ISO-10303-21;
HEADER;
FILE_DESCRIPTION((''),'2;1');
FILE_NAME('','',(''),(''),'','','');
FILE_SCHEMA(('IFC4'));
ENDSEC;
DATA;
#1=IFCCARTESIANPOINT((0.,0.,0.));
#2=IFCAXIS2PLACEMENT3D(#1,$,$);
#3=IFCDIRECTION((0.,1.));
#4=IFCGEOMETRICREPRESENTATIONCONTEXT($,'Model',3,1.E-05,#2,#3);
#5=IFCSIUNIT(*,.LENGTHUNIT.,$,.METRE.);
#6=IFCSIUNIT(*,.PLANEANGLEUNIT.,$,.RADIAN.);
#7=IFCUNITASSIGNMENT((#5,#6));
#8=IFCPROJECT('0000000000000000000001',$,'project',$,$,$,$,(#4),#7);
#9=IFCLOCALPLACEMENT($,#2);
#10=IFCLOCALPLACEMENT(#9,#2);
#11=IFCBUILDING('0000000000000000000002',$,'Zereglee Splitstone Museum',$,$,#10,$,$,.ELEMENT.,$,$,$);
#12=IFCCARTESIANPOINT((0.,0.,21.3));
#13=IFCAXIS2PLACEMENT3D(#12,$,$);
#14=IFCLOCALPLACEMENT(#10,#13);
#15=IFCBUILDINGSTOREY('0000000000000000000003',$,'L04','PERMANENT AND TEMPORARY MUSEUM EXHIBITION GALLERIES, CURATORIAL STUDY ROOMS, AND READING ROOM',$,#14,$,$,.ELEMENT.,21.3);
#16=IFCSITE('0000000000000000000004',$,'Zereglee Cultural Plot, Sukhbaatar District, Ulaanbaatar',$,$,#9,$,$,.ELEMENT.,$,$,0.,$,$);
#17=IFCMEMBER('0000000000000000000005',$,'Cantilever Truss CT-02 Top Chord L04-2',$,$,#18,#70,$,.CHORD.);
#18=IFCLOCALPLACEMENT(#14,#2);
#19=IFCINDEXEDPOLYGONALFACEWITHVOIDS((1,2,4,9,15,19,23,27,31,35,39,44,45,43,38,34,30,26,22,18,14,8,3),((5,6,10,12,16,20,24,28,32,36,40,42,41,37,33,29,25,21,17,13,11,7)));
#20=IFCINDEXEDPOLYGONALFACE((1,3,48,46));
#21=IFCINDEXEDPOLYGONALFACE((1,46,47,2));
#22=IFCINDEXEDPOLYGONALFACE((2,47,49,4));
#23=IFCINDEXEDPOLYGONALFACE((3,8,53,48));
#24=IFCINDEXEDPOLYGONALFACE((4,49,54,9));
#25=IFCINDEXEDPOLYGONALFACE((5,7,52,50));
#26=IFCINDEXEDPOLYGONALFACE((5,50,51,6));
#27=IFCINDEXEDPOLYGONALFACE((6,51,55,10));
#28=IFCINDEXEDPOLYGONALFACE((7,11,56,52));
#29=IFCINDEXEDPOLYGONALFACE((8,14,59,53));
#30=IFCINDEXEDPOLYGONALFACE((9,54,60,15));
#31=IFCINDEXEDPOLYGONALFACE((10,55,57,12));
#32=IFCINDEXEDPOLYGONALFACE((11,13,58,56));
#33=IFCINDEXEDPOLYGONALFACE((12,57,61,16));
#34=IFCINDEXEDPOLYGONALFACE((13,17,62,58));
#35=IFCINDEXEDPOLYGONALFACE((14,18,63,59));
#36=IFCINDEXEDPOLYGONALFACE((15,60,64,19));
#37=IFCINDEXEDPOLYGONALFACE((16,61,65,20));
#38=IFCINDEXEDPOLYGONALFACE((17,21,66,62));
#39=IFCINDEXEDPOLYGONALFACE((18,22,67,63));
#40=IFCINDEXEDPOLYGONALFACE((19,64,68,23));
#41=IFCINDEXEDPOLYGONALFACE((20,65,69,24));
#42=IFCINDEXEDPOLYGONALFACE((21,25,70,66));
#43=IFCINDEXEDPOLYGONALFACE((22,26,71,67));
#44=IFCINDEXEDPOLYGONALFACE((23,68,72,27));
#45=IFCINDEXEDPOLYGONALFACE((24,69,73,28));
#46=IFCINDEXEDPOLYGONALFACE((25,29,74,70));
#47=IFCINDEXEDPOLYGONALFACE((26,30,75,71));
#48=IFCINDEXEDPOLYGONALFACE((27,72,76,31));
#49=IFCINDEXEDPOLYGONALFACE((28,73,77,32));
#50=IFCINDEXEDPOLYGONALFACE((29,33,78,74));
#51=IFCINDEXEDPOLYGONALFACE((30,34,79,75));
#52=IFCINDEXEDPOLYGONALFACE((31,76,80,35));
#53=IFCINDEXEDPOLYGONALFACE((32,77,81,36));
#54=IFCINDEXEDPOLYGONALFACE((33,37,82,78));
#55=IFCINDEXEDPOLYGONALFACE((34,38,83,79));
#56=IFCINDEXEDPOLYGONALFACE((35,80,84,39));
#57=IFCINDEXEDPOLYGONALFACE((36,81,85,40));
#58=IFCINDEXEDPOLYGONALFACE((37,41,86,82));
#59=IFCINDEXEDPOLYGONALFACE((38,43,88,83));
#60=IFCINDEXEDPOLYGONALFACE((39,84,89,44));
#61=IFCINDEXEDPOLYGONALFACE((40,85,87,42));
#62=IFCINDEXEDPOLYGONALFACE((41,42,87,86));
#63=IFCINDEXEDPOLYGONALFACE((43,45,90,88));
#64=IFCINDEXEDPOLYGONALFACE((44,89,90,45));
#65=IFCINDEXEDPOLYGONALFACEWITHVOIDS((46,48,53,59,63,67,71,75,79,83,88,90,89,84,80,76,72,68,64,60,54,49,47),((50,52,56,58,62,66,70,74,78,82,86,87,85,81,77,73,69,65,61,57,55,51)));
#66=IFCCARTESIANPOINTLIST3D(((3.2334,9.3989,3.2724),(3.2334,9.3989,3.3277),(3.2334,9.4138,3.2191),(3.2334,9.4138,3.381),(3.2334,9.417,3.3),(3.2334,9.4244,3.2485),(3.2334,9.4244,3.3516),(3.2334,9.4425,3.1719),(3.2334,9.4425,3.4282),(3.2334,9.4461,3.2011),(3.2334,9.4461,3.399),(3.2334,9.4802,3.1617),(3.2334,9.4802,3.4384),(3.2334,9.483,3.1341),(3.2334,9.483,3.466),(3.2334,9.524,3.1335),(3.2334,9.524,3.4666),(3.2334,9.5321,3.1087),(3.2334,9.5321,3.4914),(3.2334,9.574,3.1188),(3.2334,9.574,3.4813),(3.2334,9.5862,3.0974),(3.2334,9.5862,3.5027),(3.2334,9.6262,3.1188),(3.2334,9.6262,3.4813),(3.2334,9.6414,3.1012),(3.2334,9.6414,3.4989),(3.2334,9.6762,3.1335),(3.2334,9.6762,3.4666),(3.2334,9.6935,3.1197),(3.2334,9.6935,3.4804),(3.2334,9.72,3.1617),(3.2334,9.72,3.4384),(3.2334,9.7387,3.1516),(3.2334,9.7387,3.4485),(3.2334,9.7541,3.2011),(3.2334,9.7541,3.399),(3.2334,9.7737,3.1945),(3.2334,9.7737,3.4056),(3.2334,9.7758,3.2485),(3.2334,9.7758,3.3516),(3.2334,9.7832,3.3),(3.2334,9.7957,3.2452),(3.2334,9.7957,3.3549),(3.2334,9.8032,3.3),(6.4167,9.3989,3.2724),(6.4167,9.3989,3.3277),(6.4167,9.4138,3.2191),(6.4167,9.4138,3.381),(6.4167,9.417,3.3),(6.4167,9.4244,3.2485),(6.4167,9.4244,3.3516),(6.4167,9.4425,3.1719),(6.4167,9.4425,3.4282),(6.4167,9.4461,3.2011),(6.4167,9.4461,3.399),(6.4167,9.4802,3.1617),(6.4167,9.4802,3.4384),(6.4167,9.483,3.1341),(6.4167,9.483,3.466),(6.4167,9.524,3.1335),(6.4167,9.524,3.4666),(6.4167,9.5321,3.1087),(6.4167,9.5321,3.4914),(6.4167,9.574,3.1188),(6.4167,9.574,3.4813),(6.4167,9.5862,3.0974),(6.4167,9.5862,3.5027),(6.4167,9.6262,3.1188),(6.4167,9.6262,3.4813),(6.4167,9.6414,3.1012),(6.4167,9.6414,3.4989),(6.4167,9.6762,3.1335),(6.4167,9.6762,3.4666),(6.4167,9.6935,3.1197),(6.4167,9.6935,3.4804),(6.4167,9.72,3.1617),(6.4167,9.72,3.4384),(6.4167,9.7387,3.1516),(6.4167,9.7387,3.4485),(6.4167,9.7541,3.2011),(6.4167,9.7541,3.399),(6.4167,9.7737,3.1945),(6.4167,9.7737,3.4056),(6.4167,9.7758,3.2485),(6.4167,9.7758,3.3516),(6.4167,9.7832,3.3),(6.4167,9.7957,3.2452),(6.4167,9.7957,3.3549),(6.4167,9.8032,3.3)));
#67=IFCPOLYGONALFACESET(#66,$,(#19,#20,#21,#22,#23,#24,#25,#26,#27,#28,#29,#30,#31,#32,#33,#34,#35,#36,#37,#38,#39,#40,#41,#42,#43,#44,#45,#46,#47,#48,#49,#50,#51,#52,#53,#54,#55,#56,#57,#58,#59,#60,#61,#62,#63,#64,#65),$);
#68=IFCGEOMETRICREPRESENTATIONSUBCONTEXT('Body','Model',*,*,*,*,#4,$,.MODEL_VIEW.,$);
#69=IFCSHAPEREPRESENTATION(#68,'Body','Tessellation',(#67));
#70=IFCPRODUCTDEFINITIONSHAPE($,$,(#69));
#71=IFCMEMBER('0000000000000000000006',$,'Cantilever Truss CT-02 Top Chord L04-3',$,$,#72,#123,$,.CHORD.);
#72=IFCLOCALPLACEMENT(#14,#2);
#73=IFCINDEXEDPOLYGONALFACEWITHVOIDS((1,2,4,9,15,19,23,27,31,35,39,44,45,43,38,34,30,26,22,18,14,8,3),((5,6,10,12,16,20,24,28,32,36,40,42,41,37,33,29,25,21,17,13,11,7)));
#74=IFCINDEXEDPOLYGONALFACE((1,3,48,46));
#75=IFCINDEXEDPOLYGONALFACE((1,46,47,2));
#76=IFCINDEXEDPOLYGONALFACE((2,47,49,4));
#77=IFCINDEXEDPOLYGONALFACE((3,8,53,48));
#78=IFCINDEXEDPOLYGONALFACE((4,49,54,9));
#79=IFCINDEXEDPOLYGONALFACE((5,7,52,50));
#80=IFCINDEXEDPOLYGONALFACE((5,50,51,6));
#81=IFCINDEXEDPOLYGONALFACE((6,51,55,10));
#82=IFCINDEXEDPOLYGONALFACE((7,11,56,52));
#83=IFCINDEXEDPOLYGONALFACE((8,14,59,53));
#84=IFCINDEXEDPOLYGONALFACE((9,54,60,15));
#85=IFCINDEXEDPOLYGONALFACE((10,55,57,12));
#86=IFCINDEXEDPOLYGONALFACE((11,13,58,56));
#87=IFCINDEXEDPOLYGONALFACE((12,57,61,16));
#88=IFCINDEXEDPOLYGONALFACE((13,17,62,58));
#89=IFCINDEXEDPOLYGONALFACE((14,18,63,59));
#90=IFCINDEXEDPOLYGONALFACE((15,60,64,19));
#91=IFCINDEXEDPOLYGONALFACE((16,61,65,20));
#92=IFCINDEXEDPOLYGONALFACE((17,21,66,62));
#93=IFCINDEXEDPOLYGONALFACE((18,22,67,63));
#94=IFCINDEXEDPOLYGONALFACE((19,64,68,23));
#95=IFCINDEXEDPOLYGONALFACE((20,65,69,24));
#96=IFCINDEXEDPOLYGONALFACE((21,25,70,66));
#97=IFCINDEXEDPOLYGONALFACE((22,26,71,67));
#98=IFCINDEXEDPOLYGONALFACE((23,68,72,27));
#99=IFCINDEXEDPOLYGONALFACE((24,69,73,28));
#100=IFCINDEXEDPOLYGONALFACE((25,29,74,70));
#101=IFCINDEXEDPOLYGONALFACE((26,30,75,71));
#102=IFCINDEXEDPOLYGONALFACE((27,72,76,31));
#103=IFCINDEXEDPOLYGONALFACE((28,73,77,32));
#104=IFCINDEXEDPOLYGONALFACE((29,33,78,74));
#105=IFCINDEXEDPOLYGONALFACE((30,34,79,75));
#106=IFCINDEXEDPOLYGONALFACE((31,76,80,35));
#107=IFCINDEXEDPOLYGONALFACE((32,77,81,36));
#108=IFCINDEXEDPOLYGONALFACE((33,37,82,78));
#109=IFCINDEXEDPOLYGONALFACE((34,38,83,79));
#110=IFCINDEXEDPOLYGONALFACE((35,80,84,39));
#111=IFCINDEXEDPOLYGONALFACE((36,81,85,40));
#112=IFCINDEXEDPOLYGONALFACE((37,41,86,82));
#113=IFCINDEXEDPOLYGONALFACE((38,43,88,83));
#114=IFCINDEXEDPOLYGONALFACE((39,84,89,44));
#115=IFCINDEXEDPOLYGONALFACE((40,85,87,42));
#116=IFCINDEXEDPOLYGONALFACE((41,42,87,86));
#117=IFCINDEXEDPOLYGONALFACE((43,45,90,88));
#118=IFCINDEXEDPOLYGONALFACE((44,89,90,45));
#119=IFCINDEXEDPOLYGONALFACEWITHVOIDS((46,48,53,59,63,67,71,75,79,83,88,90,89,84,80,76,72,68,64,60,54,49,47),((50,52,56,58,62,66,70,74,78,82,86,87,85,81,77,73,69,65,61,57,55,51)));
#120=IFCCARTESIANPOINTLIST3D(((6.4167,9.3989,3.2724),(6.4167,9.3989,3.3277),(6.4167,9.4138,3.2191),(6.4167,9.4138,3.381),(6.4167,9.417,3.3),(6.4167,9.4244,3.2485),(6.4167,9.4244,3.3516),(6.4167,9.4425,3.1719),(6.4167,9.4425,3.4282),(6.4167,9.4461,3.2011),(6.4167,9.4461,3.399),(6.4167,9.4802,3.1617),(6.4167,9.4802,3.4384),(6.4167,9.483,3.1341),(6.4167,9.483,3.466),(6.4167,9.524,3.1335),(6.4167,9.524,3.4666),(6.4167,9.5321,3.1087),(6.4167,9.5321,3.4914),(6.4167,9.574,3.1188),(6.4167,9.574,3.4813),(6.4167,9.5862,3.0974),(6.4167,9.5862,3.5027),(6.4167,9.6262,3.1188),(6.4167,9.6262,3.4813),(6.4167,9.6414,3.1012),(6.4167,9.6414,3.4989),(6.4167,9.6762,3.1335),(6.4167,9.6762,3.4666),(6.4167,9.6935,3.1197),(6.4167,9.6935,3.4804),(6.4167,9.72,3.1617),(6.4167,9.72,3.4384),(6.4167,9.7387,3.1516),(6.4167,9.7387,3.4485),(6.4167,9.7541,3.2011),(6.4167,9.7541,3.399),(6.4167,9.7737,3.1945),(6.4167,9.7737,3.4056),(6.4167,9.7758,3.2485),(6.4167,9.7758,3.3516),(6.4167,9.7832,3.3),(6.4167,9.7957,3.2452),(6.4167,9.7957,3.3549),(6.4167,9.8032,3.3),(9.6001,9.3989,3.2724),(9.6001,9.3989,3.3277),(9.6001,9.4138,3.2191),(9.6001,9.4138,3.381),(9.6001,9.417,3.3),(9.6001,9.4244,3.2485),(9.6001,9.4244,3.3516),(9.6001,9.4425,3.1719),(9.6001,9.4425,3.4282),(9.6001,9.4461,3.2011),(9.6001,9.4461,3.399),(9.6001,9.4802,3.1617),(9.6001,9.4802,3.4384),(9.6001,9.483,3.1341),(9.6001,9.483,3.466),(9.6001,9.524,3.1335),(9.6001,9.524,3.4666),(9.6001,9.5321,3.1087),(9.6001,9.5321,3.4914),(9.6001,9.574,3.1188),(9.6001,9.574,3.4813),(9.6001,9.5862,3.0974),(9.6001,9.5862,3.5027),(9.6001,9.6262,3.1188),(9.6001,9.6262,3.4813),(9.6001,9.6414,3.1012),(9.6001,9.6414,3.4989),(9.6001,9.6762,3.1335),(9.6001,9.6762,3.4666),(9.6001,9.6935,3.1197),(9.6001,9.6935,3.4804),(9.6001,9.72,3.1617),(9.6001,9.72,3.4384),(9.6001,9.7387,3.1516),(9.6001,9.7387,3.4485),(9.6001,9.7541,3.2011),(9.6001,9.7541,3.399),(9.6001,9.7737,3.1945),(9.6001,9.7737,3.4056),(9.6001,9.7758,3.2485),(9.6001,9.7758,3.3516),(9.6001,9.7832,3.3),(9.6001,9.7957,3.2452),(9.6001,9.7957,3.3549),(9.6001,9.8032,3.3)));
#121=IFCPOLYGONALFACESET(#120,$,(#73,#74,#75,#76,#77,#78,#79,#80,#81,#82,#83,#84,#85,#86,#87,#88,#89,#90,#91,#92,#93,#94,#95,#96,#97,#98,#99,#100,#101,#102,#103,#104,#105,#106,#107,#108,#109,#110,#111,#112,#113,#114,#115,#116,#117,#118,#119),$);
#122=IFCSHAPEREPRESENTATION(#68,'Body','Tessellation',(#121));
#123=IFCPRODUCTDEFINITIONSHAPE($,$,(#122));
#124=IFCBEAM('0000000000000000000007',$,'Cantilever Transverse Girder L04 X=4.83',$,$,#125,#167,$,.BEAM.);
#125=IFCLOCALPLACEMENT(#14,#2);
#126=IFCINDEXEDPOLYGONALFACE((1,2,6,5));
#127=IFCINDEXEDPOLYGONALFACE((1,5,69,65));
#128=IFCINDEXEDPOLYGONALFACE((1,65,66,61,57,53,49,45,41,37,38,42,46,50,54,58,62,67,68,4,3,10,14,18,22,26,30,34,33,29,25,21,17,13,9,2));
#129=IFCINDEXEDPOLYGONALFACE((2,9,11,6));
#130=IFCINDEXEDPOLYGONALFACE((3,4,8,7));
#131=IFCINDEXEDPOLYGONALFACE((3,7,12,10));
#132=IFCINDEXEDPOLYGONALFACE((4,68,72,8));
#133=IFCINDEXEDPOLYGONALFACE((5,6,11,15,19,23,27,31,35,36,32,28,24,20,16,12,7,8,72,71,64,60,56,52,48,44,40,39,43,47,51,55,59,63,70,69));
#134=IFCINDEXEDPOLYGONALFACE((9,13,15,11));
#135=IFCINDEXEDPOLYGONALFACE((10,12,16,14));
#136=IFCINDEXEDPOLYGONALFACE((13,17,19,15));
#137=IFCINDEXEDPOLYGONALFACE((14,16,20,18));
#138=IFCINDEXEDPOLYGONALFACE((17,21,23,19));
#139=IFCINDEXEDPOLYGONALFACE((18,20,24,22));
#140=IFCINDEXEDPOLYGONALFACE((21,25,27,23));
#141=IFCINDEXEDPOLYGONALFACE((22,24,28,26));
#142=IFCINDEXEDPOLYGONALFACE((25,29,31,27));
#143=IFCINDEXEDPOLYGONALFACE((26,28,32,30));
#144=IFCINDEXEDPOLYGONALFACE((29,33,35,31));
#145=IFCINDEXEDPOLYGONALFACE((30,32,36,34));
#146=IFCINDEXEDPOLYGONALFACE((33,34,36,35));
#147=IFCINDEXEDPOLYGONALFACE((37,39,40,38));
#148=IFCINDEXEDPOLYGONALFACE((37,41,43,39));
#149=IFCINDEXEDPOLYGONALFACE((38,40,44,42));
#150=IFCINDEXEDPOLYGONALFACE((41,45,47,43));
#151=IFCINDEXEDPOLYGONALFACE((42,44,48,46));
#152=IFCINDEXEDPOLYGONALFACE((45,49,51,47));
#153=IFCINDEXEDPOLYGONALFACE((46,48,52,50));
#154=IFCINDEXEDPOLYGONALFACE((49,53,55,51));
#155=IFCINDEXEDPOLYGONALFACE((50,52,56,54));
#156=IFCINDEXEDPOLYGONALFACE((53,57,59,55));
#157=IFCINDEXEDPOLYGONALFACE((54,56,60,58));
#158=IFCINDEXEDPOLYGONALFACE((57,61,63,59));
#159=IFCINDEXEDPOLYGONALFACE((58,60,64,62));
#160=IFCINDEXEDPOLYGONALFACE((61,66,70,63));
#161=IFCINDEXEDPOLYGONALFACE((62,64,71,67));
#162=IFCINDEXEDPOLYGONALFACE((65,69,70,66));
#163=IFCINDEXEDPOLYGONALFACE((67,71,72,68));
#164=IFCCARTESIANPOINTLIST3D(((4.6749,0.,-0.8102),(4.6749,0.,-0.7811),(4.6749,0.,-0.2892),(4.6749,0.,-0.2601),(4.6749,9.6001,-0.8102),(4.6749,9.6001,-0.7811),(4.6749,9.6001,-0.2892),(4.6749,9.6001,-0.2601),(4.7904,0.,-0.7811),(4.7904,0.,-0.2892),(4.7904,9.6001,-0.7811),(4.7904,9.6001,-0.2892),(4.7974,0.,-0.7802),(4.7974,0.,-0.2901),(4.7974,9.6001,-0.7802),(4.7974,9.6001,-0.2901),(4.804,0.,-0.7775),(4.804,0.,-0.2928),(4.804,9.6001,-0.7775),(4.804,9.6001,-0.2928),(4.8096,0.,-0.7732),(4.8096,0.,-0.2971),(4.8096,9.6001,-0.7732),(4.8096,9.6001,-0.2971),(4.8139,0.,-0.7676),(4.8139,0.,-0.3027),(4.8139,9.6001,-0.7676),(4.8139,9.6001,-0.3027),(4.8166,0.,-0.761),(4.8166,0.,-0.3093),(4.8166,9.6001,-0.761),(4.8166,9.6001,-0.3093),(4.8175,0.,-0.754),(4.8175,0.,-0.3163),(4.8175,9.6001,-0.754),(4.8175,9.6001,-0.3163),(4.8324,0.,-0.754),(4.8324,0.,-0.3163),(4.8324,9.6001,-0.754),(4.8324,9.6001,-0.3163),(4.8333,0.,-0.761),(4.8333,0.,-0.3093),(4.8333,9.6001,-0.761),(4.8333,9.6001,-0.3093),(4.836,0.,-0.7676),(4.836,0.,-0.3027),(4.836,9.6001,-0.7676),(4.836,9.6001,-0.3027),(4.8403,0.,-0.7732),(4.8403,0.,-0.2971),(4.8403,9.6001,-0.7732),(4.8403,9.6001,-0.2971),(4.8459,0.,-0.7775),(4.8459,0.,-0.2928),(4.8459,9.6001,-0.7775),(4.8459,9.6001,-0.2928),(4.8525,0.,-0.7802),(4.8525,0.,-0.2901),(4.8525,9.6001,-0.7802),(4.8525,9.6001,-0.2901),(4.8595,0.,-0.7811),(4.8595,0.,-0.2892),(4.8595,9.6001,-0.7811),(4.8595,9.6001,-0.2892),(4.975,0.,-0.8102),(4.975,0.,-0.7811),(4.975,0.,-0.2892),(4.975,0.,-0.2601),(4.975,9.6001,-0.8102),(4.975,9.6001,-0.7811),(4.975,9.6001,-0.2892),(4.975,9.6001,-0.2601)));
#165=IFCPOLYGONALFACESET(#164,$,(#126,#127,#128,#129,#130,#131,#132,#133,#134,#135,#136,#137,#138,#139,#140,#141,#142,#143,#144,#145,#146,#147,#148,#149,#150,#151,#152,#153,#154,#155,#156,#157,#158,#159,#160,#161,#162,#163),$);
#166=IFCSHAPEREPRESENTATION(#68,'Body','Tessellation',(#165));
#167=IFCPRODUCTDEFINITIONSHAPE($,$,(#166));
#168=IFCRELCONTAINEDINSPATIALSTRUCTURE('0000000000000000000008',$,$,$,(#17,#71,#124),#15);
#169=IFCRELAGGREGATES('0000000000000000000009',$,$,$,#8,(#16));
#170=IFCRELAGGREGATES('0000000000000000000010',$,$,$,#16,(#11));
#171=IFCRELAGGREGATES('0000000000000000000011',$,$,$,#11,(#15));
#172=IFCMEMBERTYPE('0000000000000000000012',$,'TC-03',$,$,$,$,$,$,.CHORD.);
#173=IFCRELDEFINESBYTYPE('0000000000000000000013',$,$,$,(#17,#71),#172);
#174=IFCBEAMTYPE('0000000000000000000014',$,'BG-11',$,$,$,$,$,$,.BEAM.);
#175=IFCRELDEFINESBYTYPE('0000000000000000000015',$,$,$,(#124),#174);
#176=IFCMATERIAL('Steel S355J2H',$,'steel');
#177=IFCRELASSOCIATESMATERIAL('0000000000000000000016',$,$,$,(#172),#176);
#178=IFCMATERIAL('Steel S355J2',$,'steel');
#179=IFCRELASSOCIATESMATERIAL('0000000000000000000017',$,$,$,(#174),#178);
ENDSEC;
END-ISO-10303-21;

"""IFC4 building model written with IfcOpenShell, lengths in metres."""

from ifc_helpers import new_model, si_unit, direction, frame, origin, origin_2d, place, context, subcontext, project, spatial, hollow_circle, i_section, extrude, material, material_profile, profile_set, type_object, element, save


model = new_model("IFC4")

# Units and contexts
model_context = context("Model", 3, precision=1e-05, world=origin(), true_north=direction((0.0, 1.0)))
body_context = subcontext(model_context, "Body", "Model", "MODEL_VIEW")
ifc_project = project(units=[si_unit("LENGTHUNIT", "METRE"), si_unit("PLANEANGLEUNIT", "RADIAN")], contexts=[model_context])

# Site, building, storey
site_placement = place(None, origin())
site = spatial("IfcSite", under=ifc_project, at=site_placement, Name="Zereglee Cultural Plot, Sukhbaatar District, Ulaanbaatar", CompositionType="ELEMENT", RefElevation=0.0)
building_placement = place(site_placement, origin())
building = spatial("IfcBuilding", under=site, at=building_placement, Name="Zereglee Splitstone Museum", CompositionType="ELEMENT")
storey_placement = place(building_placement, frame((0.0, 0.0, 21.3)))
storey = spatial("IfcBuildingStorey", under=building, at=storey_placement, Name="L04", Description="PERMANENT AND TEMPORARY MUSEUM EXHIBITION GALLERIES, CURATORIAL STUDY ROOMS, AND READING ROOM", CompositionType="ELEMENT", Elevation=21.3)

# Members
ifc_material_1 = material(Name="Steel S355J2H", Category="steel")
ifc_material_profile_1 = material_profile(ifc_material_1, hollow_circle(Radius=0.2031, WallThickness=0.02, at=origin_2d()), Name="CHS 406.4x20")
ifc_profile_set_1 = profile_set([ifc_material_profile_1], Name="Steel S355J2H")
member_type_1 = type_object("IfcMemberType", Name="TC-03", PredefinedType="CHORD", material=ifc_profile_set_1)
for number, where, z_axis, x_axis, name in (
    (1, (3.2334, 9.6001, 3.3), (1.0, 0.0, 0.0), (0.0, 1.0, 0.0), "Cantilever Truss CT-02 Top Chord L04-2"),
    (2, (6.4167, 9.6001, 3.3), (1.0, 0.0, 0.0), (0.0, 1.0, 0.0), "Cantilever Truss CT-02 Top Chord L04-3"),
):
    element("IfcMember", number, at=place(storey_placement, frame(where, z_axis=z_axis, x_axis=x_axis)), inside=storey, type_object=member_type_1, Name=name, PredefinedType="CHORD", context=body_context, shape_type="SweptSolid", body=[
        extrude(hollow_circle(Radius=0.2031, WallThickness=0.02, at=origin_2d()), origin(), (0.0, 0.0, 1.0), 3.1833),
    ])

# Beam
ifc_material_2 = material(Name="Steel S355J2", Category="steel")
ifc_material_profile_2 = material_profile(ifc_material_2, i_section(OverallWidth=0.3, OverallDepth=0.55, WebThickness=0.0149, FlangeThickness=0.0291, FilletRadius=0.0271, at=origin_2d()), Name="HE 550 B")
ifc_profile_set_2 = profile_set([ifc_material_profile_2], Name="Steel S355J2")
beam_type_1 = type_object("IfcBeamType", Name="BG-11", PredefinedType="BEAM", material=ifc_profile_set_2)
beam_1_placement = place(storey_placement, frame((4.825, 0.0, -0.5352), z_axis=(0.0, 1.0, 0.0), x_axis=(-1.0, 0.0, 0.0)))
element("IfcBeam", 3, at=beam_1_placement, inside=storey, type_object=beam_type_1, Name="Cantilever Transverse Girder L04 X=4.83", PredefinedType="BEAM", context=body_context, shape_type="SweptSolid", body=[
    extrude(i_section(OverallWidth=0.3, OverallDepth=0.55, WebThickness=0.0149, FlangeThickness=0.0291, FilletRadius=0.0271, at=origin_2d()), origin(), (0.0, 0.0, 1.0), 9.6001),
])

save(model, "model.ifc")
